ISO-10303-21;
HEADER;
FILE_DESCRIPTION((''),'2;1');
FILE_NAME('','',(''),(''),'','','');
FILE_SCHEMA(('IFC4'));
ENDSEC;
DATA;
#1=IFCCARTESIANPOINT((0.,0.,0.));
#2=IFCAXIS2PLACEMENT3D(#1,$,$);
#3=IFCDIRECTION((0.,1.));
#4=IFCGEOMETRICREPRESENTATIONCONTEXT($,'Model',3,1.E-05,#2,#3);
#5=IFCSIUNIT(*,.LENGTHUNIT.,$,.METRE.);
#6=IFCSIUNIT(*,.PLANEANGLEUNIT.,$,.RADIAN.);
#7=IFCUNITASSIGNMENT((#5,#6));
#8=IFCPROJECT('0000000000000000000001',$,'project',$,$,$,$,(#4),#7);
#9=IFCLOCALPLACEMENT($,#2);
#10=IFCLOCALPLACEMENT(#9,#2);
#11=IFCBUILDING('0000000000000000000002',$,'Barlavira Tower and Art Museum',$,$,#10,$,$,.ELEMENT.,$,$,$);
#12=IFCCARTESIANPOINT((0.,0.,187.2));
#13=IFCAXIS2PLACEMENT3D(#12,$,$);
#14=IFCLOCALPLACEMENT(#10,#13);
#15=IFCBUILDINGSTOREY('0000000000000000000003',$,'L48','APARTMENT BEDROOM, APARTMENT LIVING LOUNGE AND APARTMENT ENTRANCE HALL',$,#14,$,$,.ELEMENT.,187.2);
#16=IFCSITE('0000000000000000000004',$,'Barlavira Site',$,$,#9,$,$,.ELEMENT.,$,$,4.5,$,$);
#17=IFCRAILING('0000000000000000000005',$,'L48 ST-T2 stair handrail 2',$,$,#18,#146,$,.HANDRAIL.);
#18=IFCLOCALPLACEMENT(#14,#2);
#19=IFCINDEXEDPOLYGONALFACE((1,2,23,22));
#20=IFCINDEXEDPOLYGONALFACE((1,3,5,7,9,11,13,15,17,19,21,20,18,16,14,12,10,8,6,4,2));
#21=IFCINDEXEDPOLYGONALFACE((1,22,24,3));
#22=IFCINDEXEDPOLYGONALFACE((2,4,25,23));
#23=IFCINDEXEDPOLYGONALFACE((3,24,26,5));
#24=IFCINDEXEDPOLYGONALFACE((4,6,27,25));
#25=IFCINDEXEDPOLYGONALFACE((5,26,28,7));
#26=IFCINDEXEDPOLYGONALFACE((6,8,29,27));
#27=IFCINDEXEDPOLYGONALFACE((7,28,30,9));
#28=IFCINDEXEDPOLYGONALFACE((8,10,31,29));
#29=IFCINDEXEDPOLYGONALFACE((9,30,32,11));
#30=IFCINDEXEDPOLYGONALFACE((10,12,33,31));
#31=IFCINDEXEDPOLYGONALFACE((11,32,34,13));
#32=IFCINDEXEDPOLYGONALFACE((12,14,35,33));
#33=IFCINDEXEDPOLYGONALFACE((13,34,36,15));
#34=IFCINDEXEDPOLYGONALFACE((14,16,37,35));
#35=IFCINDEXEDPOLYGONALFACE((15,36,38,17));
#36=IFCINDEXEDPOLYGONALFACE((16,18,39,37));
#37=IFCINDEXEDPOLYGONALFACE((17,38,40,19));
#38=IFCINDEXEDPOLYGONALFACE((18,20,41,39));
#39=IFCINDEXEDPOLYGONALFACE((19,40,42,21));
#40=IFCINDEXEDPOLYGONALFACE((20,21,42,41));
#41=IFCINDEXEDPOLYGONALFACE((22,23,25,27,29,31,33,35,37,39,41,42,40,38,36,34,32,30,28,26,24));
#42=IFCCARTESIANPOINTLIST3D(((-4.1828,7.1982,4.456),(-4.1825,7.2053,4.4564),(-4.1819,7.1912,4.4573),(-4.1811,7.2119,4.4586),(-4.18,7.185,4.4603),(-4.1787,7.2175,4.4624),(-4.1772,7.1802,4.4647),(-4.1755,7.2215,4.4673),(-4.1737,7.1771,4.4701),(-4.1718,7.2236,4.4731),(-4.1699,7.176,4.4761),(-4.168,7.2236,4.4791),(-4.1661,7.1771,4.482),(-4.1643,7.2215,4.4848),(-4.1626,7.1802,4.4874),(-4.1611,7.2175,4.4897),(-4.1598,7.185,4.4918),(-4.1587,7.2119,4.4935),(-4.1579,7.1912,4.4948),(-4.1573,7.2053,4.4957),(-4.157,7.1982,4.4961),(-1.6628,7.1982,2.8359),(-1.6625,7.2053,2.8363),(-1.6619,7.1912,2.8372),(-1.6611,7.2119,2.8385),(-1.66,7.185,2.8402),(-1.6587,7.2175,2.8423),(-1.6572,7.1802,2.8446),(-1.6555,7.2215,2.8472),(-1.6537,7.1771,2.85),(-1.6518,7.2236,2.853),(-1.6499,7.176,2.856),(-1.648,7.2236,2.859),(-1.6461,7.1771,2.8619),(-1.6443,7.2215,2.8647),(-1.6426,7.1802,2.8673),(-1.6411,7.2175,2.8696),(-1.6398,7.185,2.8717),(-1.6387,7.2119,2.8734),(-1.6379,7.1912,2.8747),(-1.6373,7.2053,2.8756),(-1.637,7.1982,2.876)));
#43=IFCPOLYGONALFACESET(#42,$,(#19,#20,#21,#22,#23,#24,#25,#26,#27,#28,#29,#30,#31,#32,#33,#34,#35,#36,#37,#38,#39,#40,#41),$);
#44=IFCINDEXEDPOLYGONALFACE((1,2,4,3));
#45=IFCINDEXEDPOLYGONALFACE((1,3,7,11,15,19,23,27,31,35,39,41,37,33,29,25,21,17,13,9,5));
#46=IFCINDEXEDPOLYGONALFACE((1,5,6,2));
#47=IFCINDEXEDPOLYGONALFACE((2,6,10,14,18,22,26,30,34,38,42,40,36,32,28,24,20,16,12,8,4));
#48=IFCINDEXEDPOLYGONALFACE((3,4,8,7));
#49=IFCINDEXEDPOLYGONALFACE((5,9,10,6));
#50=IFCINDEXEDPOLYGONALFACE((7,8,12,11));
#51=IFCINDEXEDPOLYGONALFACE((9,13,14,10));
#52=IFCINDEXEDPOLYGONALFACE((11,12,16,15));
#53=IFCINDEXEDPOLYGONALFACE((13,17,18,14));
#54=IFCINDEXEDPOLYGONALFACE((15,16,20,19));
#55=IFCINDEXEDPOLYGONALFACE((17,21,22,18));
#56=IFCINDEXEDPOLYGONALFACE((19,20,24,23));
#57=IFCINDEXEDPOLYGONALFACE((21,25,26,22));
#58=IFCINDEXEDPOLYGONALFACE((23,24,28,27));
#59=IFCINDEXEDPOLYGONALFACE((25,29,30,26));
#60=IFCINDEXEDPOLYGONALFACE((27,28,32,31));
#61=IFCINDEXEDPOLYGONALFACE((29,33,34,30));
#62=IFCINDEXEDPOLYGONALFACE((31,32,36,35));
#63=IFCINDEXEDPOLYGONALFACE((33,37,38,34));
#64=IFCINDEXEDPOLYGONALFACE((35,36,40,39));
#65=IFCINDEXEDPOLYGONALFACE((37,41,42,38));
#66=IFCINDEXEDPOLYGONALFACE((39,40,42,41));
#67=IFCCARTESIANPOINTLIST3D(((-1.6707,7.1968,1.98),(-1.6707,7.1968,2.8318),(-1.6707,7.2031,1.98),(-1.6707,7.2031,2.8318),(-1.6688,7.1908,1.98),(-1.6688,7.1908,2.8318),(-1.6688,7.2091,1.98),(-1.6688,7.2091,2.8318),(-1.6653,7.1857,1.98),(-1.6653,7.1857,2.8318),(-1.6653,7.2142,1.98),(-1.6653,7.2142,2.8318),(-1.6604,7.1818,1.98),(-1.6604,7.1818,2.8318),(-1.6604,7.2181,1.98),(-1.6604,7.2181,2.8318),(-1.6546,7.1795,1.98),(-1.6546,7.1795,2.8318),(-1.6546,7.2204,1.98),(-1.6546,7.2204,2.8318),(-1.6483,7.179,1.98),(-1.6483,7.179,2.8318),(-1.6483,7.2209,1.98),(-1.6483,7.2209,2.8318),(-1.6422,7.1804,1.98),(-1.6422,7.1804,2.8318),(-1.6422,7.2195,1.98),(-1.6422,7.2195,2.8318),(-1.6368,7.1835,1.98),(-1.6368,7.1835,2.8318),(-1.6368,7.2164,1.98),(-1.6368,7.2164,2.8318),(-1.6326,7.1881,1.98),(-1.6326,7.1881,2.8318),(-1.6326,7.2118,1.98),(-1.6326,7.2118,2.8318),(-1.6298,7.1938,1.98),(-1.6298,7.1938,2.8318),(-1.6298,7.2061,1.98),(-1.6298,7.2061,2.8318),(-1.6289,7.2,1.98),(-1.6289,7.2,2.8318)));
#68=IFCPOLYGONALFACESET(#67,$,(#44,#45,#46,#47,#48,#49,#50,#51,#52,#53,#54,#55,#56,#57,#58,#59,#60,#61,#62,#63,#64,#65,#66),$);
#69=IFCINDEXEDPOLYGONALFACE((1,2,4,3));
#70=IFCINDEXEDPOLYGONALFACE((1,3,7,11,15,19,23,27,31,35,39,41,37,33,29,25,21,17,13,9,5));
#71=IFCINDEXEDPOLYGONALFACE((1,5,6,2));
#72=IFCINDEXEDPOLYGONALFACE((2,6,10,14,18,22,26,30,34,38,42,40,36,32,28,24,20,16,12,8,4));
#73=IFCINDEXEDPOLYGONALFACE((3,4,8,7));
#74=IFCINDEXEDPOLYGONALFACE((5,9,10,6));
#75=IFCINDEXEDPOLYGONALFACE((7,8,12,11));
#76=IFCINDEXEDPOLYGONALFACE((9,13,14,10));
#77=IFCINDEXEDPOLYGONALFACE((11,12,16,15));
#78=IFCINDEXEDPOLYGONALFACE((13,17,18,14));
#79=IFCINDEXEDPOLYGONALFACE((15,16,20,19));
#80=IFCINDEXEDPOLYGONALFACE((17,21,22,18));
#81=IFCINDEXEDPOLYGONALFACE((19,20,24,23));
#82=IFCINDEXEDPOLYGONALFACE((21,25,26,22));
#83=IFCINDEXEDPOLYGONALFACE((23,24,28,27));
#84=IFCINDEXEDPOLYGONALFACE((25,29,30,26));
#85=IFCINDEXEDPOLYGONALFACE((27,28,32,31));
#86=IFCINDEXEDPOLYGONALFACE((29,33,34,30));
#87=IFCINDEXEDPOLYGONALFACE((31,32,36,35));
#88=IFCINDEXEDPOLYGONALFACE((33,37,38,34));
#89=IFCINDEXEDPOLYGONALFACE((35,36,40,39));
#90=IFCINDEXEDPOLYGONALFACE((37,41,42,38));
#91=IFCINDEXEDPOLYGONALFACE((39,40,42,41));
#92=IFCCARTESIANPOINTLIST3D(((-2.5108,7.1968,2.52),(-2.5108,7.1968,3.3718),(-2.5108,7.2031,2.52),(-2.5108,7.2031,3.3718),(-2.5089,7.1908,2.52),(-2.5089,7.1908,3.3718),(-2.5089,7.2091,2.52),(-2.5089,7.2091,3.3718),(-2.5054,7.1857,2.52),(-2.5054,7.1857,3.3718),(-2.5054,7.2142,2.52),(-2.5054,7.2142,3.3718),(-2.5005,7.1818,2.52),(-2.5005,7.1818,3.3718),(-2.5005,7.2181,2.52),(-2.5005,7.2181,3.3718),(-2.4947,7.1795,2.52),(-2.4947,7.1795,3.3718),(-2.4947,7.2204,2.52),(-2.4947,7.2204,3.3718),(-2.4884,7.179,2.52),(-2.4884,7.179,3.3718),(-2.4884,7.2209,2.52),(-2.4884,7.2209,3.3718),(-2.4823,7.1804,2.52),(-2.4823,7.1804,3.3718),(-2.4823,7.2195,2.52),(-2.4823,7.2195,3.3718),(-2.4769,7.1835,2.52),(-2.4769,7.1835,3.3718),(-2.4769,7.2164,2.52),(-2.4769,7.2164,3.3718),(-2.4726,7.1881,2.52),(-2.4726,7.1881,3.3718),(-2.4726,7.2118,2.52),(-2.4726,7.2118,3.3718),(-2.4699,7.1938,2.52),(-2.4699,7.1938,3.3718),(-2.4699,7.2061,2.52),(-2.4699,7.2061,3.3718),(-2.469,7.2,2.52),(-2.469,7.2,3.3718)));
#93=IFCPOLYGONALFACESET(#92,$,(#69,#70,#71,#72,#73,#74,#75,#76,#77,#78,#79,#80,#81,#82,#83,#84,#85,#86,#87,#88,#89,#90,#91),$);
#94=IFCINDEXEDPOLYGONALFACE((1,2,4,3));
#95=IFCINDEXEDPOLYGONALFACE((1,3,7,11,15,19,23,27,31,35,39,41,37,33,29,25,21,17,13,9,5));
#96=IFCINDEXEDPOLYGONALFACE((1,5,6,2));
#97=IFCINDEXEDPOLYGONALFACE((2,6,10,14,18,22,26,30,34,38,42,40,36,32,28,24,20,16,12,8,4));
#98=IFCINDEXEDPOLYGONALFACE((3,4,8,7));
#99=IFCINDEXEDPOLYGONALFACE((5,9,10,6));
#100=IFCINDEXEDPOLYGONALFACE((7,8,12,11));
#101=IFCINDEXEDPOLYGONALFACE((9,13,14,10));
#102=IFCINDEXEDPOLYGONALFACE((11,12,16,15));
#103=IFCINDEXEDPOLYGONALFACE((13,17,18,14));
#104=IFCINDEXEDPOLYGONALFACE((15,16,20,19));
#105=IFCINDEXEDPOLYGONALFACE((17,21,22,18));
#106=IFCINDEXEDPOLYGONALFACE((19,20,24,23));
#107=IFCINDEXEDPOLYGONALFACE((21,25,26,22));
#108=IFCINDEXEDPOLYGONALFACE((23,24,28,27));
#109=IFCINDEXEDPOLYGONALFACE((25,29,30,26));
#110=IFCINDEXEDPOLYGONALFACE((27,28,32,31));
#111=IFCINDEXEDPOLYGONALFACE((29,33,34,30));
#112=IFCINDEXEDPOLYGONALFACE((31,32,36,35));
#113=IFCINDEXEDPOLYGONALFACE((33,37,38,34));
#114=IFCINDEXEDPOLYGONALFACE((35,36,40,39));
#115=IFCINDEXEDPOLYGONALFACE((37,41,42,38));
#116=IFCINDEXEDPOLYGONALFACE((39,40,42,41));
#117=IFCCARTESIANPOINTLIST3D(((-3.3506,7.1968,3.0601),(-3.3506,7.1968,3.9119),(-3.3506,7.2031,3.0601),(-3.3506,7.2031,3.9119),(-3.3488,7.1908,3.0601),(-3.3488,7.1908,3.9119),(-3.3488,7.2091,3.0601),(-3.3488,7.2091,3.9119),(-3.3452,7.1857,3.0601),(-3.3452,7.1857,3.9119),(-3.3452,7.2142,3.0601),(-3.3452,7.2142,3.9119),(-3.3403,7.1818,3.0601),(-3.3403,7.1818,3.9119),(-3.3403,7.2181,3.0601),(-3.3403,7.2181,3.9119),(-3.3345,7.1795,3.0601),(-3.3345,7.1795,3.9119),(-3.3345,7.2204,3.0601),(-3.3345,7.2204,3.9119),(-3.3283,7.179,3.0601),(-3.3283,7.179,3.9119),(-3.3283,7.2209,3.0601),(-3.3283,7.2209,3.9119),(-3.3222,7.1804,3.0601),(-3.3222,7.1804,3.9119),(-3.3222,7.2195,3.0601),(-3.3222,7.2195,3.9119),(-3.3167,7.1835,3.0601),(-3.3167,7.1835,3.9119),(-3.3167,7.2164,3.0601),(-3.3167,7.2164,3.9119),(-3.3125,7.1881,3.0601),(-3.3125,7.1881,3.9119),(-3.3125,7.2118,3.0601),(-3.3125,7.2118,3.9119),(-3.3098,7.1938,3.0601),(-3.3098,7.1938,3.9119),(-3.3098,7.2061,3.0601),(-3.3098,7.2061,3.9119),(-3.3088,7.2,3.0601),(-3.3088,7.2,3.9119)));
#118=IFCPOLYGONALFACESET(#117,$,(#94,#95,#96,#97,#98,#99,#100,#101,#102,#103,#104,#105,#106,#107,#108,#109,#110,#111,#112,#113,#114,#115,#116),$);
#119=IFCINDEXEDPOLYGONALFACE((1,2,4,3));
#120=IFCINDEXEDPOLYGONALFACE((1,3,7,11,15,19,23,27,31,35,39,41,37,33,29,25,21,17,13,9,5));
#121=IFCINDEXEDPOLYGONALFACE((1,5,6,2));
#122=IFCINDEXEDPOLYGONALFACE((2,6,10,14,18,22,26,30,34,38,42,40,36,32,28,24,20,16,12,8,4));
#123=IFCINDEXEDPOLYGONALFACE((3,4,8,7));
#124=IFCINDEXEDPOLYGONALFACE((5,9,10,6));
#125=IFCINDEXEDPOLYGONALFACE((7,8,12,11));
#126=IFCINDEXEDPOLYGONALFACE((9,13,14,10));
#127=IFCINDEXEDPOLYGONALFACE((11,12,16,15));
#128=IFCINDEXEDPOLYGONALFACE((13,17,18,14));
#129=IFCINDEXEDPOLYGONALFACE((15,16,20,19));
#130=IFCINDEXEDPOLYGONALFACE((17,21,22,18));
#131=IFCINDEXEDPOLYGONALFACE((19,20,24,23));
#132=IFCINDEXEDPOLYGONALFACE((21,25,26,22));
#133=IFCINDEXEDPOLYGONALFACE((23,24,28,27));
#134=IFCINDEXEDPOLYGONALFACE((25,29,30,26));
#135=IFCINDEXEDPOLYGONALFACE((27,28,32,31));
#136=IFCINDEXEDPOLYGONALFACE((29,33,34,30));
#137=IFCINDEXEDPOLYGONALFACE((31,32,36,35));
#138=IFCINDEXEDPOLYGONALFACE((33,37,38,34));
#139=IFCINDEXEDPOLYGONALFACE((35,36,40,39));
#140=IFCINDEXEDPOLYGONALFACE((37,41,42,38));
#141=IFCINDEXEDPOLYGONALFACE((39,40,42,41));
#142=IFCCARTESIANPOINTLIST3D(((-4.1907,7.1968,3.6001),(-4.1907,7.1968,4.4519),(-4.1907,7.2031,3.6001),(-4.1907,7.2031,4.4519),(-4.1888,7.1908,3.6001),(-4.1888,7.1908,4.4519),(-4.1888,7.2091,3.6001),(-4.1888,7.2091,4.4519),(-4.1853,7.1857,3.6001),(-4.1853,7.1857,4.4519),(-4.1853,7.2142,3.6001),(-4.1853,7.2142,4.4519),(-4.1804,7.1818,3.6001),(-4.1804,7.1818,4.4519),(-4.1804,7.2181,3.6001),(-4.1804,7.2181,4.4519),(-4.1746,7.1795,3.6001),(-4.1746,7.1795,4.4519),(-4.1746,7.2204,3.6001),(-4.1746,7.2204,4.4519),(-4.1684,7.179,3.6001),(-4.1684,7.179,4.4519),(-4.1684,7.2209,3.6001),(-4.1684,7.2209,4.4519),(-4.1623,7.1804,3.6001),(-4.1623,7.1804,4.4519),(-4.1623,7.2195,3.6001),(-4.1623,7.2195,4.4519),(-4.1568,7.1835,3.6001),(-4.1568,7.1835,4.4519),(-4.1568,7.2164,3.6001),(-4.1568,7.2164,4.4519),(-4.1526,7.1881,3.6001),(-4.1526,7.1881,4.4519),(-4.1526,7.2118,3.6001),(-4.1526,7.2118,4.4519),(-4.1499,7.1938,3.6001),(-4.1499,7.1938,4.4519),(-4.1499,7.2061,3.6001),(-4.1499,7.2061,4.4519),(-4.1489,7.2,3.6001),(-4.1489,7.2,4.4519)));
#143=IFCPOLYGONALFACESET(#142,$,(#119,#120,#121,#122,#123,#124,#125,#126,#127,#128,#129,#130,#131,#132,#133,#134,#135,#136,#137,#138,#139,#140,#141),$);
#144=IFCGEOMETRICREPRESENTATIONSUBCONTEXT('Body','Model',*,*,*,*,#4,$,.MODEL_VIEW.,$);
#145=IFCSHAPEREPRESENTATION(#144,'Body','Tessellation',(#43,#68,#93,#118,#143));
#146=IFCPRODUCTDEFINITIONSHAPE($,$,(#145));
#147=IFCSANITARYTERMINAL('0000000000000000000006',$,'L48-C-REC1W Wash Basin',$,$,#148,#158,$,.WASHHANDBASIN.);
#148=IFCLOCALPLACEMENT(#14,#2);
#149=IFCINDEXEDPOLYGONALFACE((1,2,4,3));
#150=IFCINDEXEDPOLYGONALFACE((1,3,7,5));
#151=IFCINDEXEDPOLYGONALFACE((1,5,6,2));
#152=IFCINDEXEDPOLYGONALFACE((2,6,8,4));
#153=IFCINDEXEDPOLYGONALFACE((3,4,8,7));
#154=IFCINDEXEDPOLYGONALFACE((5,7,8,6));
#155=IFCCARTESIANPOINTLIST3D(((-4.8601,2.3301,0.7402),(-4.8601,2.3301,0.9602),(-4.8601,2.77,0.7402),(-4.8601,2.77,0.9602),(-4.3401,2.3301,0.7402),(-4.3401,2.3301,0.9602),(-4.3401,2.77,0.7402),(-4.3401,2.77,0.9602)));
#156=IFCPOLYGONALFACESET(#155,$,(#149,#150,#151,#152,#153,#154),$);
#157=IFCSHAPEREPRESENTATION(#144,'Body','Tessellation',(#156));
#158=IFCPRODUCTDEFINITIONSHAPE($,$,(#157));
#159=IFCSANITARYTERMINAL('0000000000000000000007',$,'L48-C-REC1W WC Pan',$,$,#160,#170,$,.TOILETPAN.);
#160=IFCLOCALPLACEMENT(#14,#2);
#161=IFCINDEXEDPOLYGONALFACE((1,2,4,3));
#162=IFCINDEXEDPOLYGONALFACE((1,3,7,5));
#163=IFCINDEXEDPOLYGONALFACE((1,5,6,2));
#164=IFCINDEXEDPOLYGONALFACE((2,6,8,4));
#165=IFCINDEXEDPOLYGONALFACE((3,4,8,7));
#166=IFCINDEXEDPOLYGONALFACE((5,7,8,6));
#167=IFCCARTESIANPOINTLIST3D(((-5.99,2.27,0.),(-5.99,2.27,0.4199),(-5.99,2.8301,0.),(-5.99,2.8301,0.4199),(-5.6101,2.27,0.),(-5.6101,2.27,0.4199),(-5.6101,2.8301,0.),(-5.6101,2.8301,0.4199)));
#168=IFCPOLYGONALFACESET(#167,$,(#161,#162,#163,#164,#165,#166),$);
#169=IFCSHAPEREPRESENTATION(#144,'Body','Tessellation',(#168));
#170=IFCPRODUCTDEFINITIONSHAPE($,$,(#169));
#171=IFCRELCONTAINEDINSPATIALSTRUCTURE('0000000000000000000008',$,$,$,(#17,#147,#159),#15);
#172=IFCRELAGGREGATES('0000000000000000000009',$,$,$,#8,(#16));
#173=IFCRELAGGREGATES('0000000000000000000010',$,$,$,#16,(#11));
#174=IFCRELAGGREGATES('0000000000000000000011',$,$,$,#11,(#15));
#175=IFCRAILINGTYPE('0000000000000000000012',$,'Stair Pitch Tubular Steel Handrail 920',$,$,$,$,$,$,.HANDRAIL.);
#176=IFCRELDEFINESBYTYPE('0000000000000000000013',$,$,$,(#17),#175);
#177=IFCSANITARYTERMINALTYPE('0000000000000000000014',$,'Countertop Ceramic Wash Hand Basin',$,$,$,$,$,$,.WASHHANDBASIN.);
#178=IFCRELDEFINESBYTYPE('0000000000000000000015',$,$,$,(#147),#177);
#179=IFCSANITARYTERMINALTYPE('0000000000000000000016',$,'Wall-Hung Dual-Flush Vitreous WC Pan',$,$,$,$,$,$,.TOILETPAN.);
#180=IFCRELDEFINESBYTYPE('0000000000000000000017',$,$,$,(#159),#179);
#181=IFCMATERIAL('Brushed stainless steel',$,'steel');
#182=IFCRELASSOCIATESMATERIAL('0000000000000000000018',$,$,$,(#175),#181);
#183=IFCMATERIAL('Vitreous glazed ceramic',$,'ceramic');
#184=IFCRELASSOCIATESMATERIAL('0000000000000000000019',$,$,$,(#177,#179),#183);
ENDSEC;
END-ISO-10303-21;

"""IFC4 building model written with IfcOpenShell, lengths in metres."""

from ifc_helpers import new_model, si_unit, direction, frame, origin, origin_2d, place, context, subcontext, project, spatial, rectangle, circle, extrude, material, type_object, element, save


model = new_model("IFC4")

# Units and contexts
model_context = context("Model", 3, precision=1e-05, world=origin(), true_north=direction((0.0, 1.0)))
body_context = subcontext(model_context, "Body", "Model", "MODEL_VIEW")
ifc_project = project(units=[si_unit("LENGTHUNIT", "METRE"), si_unit("PLANEANGLEUNIT", "RADIAN")], contexts=[model_context])

# Site, building, storey
site_placement = place(None, origin())
site = spatial("IfcSite", under=ifc_project, at=site_placement, Name="Barlavira Site", CompositionType="ELEMENT", RefElevation=4.5)
building_placement = place(site_placement, origin())
building = spatial("IfcBuilding", under=site, at=building_placement, Name="Barlavira Tower and Art Museum", CompositionType="ELEMENT")
storey_placement = place(building_placement, frame((0.0, 0.0, 187.2)))
storey = spatial("IfcBuildingStorey", under=building, at=storey_placement, Name="L48", Description="APARTMENT BEDROOM, APARTMENT LIVING LOUNGE AND APARTMENT ENTRANCE HALL", CompositionType="ELEMENT", Elevation=187.2)

# Shared definitions
ifc_material_1 = material(Name="Brushed stainless steel", Category="steel")

# Railing
railing_type_1 = type_object("IfcRailingType", Name="Stair Pitch Tubular Steel Handrail 920", PredefinedType="HANDRAIL", material=ifc_material_1)
railing_1_placement = place(storey_placement, frame((-1.6499, 7.2, 1.98)))
element("IfcRailing", 1, at=railing_1_placement, inside=storey, type_object=railing_type_1, Name="L48 ST-T2 stair handrail 2", PredefinedType="HANDRAIL", context=body_context, shape_type="SweptSolid", body=[
    extrude(circle(Radius=0.0239, at=origin_2d()), frame((0.0, 0.0, 0.876), z_axis=(-0.841163, 0.0, 0.540782), x_axis=(0.0, -1.0, 0.0)), (0.0, 0.0, 1.0), 2.9958),
    extrude(circle(Radius=0.021, at=origin_2d()), origin(), (0.0, 0.0, 1.0), 0.8518),
    extrude(circle(Radius=0.021, at=origin_2d()), frame((-0.8401, 0.0, 0.54)), (0.0, 0.0, 1.0), 0.8518),
    extrude(circle(Radius=0.021, at=origin_2d()), frame((-1.6799, 0.0, 1.0801)), (0.0, 0.0, 1.0), 0.8518),
    extrude(circle(Radius=0.021, at=origin_2d()), frame((-2.52, 0.0, 1.6201)), (0.0, 0.0, 1.0), 0.8518),
])

# Sanitary terminals
ifc_material_2 = material(Name="Vitreous glazed ceramic", Category="ceramic")
sanitary_terminal_type_1 = type_object("IfcSanitaryTerminalType", Name="Countertop Ceramic Wash Hand Basin", PredefinedType="WASHHANDBASIN", material=ifc_material_2)
sanitary_terminal_1_placement = place(storey_placement, frame((-4.6001, 2.55, 0.7402), z_axis=(0.0, 0.0, 1.0), x_axis=(1.0, 0.0, 0.0)))
element("IfcSanitaryTerminal", 2, at=sanitary_terminal_1_placement, inside=storey, type_object=sanitary_terminal_type_1, Name="L48-C-REC1W Wash Basin", PredefinedType="WASHHANDBASIN", context=body_context, shape_type="SweptSolid", body=[
    extrude(rectangle(XDim=0.52, YDim=0.4399, at=origin_2d()), origin(), (0.0, 0.0, 1.0), 0.22),
])
sanitary_terminal_type_2 = type_object("IfcSanitaryTerminalType", Name="Wall-Hung Dual-Flush Vitreous WC Pan", PredefinedType="TOILETPAN", material=ifc_material_2)
sanitary_terminal_2_placement = place(storey_placement, frame((-5.8, 2.55, 0.0), z_axis=(0.0, 0.0, 1.0), x_axis=(1.0, 0.0, 0.0)))
element("IfcSanitaryTerminal", 3, at=sanitary_terminal_2_placement, inside=storey, type_object=sanitary_terminal_type_2, Name="L48-C-REC1W WC Pan", PredefinedType="TOILETPAN", context=body_context, shape_type="SweptSolid", body=[
    extrude(rectangle(XDim=0.3799, YDim=0.5601, at=origin_2d()), origin(), (0.0, 0.0, 1.0), 0.4199),
])

save(model, "model.ifc")
